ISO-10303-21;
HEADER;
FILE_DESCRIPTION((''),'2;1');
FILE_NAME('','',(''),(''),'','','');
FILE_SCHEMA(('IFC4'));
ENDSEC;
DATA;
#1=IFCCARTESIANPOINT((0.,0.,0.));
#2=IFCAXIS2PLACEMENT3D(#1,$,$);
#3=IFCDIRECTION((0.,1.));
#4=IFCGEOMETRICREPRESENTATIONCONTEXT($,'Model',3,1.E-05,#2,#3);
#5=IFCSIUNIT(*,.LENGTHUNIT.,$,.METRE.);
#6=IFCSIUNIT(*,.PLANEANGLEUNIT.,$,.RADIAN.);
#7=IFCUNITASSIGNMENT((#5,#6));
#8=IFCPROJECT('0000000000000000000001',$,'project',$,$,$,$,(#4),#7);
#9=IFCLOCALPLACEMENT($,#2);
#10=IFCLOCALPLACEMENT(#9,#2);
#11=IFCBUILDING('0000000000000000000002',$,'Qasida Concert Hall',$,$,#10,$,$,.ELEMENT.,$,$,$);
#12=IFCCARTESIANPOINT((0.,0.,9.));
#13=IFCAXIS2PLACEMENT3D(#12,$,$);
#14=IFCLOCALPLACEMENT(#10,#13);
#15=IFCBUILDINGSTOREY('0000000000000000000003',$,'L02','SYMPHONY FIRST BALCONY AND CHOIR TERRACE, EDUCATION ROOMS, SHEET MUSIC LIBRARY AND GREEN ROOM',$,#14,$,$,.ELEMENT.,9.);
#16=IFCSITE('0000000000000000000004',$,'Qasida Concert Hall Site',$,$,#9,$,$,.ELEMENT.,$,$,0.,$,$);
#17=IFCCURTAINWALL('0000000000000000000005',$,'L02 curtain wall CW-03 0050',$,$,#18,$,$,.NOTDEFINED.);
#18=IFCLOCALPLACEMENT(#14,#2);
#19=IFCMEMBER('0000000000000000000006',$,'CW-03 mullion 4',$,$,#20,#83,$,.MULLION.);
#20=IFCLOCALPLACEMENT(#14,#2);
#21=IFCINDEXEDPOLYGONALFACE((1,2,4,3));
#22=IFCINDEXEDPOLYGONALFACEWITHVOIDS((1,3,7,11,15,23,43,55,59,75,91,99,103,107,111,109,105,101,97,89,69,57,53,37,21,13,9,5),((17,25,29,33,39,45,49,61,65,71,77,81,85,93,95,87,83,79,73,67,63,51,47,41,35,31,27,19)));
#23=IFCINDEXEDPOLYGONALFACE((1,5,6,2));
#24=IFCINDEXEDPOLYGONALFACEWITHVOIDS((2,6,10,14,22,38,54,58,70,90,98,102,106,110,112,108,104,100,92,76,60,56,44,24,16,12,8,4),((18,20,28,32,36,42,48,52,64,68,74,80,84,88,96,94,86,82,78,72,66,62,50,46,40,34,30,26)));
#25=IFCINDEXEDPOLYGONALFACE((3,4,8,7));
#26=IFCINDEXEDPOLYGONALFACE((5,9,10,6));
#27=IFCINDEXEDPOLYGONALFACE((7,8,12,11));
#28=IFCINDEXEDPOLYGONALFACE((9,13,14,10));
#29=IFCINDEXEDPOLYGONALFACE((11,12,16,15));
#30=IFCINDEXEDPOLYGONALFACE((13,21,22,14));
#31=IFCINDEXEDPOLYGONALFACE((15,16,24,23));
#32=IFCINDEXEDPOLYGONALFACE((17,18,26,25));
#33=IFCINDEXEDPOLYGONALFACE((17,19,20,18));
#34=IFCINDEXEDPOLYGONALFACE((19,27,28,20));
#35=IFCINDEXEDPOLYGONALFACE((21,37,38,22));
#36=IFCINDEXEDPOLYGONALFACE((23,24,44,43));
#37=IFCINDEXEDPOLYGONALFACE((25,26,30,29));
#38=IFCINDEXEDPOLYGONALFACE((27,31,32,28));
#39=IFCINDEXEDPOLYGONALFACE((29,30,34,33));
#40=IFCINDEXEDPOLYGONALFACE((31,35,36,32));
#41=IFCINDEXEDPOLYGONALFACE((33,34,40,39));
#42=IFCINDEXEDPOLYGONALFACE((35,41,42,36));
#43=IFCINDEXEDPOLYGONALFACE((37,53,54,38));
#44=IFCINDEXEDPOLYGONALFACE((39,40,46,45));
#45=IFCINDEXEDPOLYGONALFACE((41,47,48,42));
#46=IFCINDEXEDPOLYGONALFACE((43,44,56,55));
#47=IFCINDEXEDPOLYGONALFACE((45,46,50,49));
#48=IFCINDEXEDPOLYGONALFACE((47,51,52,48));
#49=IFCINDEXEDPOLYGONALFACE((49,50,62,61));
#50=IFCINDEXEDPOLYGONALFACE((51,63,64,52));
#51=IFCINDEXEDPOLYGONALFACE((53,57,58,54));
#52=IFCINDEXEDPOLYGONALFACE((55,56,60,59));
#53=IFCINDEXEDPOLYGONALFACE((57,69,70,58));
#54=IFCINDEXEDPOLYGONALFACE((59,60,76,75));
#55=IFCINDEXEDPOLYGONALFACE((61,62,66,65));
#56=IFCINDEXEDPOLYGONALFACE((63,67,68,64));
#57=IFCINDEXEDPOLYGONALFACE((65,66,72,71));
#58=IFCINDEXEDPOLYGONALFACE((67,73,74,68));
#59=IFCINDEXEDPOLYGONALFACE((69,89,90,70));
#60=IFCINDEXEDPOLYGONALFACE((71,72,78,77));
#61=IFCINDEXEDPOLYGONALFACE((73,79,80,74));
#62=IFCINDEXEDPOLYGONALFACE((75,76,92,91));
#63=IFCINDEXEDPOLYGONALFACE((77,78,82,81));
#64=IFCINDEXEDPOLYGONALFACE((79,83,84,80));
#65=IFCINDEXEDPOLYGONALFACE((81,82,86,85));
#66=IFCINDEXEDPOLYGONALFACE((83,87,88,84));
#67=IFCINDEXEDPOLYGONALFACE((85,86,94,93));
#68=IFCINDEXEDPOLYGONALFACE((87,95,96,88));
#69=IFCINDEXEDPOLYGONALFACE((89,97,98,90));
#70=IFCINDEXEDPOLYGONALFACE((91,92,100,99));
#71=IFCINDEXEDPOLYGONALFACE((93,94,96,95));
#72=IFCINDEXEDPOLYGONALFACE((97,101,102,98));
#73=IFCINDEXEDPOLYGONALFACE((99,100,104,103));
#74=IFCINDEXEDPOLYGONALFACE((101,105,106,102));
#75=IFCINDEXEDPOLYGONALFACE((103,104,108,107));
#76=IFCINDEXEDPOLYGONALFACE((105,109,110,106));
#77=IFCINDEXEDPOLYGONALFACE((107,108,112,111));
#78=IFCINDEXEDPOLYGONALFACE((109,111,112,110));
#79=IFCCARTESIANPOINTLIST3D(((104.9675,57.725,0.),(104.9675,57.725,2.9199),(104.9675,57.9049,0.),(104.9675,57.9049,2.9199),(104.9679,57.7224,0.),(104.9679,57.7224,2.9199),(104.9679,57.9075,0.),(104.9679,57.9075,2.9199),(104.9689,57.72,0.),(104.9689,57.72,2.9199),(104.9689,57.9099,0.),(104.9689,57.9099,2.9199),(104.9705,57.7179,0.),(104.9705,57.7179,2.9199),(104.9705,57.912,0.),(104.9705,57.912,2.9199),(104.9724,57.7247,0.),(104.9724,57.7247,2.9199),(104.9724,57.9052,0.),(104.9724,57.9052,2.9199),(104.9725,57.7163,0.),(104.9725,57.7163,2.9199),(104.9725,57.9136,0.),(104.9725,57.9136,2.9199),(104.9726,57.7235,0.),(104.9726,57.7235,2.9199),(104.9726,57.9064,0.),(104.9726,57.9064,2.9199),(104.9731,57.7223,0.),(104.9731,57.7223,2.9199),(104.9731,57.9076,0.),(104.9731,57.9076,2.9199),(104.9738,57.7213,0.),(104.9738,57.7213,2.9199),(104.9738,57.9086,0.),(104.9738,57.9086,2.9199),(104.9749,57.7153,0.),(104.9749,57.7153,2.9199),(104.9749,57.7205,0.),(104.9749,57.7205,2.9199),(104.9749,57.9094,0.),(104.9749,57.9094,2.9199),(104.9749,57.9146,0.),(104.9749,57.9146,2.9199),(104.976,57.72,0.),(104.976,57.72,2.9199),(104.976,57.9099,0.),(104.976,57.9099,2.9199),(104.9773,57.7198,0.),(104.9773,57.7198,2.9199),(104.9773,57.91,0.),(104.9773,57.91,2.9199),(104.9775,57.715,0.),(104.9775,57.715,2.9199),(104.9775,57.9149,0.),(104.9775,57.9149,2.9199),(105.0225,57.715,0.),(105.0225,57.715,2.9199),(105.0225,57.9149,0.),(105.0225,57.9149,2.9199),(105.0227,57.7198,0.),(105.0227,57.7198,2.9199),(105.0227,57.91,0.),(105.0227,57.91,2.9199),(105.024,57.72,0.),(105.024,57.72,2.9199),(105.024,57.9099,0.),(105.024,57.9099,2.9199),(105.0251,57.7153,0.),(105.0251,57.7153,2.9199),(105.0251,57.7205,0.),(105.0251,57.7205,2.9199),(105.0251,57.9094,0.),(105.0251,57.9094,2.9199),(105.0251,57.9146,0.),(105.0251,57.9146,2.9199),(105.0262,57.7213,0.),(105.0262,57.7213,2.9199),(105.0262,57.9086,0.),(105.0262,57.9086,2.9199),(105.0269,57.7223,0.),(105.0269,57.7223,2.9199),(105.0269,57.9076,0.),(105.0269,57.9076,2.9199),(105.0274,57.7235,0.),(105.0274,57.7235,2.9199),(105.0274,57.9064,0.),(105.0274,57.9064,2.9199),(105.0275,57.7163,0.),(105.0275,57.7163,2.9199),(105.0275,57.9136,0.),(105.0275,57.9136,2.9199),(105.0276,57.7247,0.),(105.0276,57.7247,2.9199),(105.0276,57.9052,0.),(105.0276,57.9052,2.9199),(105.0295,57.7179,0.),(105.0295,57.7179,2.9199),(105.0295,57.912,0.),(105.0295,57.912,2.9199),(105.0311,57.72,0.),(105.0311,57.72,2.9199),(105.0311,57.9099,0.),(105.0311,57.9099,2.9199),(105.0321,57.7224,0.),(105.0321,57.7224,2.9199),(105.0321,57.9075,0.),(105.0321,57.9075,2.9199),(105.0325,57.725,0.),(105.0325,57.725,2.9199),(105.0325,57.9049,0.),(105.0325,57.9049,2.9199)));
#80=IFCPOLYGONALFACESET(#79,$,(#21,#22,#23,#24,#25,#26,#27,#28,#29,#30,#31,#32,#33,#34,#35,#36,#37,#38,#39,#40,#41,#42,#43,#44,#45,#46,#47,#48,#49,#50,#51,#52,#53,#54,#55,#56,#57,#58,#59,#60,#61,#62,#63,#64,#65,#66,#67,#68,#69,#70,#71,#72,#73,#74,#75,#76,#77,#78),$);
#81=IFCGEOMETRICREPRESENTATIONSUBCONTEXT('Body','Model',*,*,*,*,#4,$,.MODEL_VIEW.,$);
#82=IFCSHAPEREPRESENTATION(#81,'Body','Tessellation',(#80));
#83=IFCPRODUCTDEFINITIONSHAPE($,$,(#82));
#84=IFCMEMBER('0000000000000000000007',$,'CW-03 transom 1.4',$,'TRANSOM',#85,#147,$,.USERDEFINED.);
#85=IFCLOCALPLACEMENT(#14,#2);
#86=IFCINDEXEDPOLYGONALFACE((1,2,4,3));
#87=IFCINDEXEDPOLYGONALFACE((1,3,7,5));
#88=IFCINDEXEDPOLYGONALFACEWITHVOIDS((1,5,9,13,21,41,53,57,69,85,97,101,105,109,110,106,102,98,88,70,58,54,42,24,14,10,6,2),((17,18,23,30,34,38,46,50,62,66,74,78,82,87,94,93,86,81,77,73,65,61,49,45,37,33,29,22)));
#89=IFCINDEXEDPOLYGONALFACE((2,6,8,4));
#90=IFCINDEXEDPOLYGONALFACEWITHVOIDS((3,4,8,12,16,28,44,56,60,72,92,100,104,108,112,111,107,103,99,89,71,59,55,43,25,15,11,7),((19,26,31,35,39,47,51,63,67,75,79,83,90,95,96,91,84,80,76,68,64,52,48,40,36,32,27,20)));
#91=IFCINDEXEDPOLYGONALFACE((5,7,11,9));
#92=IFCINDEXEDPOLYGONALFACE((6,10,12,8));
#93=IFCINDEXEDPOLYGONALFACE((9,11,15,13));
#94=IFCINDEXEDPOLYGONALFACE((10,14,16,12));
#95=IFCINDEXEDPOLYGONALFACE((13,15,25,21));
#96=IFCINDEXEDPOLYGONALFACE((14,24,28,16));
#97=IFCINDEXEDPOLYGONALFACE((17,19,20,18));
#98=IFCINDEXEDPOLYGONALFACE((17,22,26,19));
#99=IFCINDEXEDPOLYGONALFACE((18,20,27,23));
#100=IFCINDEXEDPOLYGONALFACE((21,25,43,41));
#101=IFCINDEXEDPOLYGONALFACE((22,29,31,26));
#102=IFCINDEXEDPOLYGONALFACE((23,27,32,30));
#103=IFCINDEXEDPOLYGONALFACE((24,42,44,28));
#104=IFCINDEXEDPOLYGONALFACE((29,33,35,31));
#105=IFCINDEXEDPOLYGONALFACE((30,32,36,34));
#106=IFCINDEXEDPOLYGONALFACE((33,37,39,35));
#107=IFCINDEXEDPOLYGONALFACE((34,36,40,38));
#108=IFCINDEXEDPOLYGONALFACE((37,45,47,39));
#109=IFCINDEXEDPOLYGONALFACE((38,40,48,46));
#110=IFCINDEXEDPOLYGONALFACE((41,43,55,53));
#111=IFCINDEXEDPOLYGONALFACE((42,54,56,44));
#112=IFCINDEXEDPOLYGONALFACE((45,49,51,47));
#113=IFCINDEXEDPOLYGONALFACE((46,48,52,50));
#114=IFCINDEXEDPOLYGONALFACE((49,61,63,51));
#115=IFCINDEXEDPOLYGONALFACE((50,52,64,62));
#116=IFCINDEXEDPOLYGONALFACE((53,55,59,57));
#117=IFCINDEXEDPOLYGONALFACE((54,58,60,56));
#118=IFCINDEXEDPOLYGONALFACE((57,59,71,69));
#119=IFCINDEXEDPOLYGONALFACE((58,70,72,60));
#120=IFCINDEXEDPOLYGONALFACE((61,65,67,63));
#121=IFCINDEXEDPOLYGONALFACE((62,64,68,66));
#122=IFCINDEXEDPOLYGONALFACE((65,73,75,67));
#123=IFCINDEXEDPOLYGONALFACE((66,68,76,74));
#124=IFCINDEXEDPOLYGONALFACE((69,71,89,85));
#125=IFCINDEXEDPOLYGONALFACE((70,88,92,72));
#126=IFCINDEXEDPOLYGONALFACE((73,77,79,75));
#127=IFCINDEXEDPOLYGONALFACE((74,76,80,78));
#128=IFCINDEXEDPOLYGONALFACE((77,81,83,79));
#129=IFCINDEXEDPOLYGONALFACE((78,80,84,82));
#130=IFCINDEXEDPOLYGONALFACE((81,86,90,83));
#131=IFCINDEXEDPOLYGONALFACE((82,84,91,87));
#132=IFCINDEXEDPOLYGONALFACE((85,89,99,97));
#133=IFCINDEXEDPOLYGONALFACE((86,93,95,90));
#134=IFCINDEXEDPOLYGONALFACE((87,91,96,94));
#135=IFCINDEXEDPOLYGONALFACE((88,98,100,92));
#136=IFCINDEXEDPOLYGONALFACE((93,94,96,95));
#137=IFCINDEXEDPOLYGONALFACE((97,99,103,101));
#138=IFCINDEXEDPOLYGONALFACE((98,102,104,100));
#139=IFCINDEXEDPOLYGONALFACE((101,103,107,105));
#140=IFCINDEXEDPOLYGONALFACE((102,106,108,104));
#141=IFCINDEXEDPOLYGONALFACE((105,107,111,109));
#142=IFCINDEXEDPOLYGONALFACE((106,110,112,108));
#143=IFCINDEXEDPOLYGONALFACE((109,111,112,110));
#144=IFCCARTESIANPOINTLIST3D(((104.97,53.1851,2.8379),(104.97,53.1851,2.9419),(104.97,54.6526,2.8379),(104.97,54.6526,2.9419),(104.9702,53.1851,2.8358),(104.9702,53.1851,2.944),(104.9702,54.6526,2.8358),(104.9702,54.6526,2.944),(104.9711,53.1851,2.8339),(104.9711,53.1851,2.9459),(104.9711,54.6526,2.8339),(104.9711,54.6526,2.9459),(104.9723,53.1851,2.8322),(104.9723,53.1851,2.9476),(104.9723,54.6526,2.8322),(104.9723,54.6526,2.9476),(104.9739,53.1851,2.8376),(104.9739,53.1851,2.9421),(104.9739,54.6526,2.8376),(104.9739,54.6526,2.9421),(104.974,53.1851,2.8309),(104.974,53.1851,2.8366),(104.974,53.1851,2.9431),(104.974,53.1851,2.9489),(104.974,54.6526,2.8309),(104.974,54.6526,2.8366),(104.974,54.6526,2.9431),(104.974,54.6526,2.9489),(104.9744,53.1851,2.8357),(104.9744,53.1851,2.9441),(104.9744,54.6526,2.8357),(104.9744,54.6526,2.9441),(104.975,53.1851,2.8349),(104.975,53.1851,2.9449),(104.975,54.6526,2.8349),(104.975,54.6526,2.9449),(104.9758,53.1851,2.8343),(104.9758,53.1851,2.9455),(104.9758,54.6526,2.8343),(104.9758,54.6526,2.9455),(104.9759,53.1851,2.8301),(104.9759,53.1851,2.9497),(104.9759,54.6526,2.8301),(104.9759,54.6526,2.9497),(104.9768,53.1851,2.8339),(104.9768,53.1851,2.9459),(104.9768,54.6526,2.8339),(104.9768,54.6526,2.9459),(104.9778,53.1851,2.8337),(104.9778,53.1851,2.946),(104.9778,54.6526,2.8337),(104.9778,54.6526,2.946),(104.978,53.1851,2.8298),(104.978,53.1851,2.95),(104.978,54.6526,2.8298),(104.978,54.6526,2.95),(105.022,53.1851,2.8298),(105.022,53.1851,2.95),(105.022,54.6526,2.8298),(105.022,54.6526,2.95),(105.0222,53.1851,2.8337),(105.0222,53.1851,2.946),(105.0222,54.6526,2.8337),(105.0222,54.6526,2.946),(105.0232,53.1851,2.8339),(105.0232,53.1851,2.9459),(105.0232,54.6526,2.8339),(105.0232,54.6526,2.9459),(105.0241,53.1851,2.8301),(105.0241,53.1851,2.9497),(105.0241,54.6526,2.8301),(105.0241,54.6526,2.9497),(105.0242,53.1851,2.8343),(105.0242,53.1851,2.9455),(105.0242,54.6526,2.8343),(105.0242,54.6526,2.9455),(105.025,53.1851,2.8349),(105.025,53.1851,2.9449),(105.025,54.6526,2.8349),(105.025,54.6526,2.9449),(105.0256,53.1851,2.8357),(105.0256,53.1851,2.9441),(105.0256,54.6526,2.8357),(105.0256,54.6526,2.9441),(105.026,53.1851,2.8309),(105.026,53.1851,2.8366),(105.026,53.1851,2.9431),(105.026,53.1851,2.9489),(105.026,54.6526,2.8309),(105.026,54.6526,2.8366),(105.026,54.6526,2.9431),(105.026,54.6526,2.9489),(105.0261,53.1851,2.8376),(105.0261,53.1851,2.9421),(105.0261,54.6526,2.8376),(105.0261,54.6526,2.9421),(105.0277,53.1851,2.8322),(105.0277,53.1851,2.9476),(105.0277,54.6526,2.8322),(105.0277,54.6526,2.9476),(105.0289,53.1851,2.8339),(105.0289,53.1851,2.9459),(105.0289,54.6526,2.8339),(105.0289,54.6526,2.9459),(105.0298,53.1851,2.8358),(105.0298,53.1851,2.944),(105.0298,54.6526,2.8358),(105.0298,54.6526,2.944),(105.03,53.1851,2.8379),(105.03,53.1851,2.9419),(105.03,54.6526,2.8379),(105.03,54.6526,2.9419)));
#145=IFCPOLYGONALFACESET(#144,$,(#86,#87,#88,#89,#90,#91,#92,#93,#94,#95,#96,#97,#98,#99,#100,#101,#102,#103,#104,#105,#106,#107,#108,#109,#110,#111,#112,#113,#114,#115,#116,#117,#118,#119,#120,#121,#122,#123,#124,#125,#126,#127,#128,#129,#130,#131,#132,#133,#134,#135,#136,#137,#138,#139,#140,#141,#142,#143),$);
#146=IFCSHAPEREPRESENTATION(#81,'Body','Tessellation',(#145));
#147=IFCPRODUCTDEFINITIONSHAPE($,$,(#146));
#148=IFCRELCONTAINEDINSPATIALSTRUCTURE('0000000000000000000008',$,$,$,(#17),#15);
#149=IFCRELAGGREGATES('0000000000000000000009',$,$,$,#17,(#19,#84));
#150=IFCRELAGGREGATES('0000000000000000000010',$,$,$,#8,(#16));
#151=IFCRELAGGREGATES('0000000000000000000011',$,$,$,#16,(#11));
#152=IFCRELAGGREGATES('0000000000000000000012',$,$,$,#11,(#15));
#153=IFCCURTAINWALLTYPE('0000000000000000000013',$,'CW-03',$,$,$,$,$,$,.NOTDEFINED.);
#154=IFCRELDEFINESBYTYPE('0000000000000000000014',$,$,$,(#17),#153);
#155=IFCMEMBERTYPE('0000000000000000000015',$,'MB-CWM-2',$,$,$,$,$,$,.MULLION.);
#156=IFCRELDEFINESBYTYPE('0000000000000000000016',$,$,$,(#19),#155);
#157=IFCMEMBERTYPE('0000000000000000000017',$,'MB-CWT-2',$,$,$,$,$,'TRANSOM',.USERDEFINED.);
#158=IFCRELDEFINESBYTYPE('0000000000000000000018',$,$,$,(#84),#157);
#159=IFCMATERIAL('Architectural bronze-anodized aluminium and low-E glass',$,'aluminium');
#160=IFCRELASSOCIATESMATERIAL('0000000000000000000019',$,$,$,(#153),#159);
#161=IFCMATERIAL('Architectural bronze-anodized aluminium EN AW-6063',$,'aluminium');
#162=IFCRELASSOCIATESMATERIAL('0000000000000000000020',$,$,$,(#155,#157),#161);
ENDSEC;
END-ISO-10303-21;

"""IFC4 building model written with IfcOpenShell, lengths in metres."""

from ifc_helpers import new_model, si_unit, direction, frame, origin, origin_2d, place, context, subcontext, project, spatial, hollow_rectangle, extrude, material, material_profile, profile_set, type_object, element, aggregate, save


model = new_model("IFC4")

# Units and contexts
model_context = context("Model", 3, precision=1e-05, world=origin(), true_north=direction((0.0, 1.0)))
body_context = subcontext(model_context, "Body", "Model", "MODEL_VIEW")
ifc_project = project(units=[si_unit("LENGTHUNIT", "METRE"), si_unit("PLANEANGLEUNIT", "RADIAN")], contexts=[model_context])

# Site, building, storey
site_placement = place(None, origin())
site = spatial("IfcSite", under=ifc_project, at=site_placement, Name="Qasida Concert Hall Site", CompositionType="ELEMENT", RefElevation=0.0)
building_placement = place(site_placement, origin())
building = spatial("IfcBuilding", under=site, at=building_placement, Name="Qasida Concert Hall", CompositionType="ELEMENT")
storey_placement = place(building_placement, frame((0.0, 0.0, 9.0)))
storey = spatial("IfcBuildingStorey", under=building, at=storey_placement, Name="L02", Description="SYMPHONY FIRST BALCONY AND CHOIR TERRACE, EDUCATION ROOMS, SHEET MUSIC LIBRARY AND GREEN ROOM", CompositionType="ELEMENT", Elevation=9.0)

# Curtain wall, members
ifc_material_1 = material(Name="Architectural bronze-anodized aluminium and low-E glass", Category="aluminium")
curtain_wall_type = type_object("IfcCurtainWallType", Name="CW-03", PredefinedType="NOTDEFINED", material=ifc_material_1)
curtain_wall_placement = place(storey_placement, origin())
curtain_wall = element("IfcCurtainWall", 1, at=curtain_wall_placement, inside=storey, type_object=curtain_wall_type, Name="L02 curtain wall CW-03 0050", PredefinedType="NOTDEFINED")
ifc_material_2 = material(Name="Architectural bronze-anodized aluminium EN AW-6063", Category="aluminium")
ifc_material_profile_1 = material_profile(ifc_material_2, hollow_rectangle(XDim=0.0649, YDim=0.2, WallThickness=0.0049, InnerFilletRadius=0.0049, OuterFilletRadius=0.01, at=origin_2d()), Name="CWM 200x65x5")
ifc_profile_set_1 = profile_set([ifc_material_profile_1], Name="Architectural bronze-anodized aluminium EN AW-6063")
member_type_1 = type_object("IfcMemberType", Name="MB-CWM-2", PredefinedType="MULLION", material=ifc_profile_set_1)
member_1_placement = place(storey_placement, frame((105.0, 57.8149, 0.0), z_axis=(0.0, 0.0, 1.0), x_axis=(-1.0, 0.0, 0.0)))
member_1 = element("IfcMember", 2, at=member_1_placement, type_object=member_type_1, Name="CW-03 mullion 4", PredefinedType="MULLION", context=body_context, shape_type="SweptSolid", body=[
    extrude(hollow_rectangle(XDim=0.0649, YDim=0.2, WallThickness=0.0049, InnerFilletRadius=0.0049, OuterFilletRadius=0.01, at=origin_2d()), origin(), (0.0, 0.0, 1.0), 2.9199),
])
ifc_material_profile_2 = material_profile(ifc_material_2, hollow_rectangle(XDim=0.0601, YDim=0.1201, WallThickness=0.0039, InnerFilletRadius=0.0039, OuterFilletRadius=0.0081, at=origin_2d()), Name="CWT 120x60x4")
ifc_profile_set_2 = profile_set([ifc_material_profile_2], Name="Architectural bronze-anodized aluminium EN AW-6063")
member_type_2 = type_object("IfcMemberType", Name="MB-CWT-2", ElementType="TRANSOM", PredefinedType="USERDEFINED", material=ifc_profile_set_2)
member_2_placement = place(storey_placement, frame((105.0, 53.1851, 2.8899), z_axis=(0.0, 1.0, 0.0), x_axis=(-1.0, 0.0, 0.0)))
member_2 = element("IfcMember", 3, at=member_2_placement, type_object=member_type_2, Name="CW-03 transom 1.4", ObjectType="TRANSOM", PredefinedType="USERDEFINED", context=body_context, shape_type="SweptSolid", body=[
    extrude(hollow_rectangle(XDim=0.0601, YDim=0.1201, WallThickness=0.0039, InnerFilletRadius=0.0039, OuterFilletRadius=0.0081, at=origin_2d()), origin(), (0.0, 0.0, 1.0), 1.4675),
])
aggregate(curtain_wall, [member_1, member_2])

save(model, "model.ifc")
